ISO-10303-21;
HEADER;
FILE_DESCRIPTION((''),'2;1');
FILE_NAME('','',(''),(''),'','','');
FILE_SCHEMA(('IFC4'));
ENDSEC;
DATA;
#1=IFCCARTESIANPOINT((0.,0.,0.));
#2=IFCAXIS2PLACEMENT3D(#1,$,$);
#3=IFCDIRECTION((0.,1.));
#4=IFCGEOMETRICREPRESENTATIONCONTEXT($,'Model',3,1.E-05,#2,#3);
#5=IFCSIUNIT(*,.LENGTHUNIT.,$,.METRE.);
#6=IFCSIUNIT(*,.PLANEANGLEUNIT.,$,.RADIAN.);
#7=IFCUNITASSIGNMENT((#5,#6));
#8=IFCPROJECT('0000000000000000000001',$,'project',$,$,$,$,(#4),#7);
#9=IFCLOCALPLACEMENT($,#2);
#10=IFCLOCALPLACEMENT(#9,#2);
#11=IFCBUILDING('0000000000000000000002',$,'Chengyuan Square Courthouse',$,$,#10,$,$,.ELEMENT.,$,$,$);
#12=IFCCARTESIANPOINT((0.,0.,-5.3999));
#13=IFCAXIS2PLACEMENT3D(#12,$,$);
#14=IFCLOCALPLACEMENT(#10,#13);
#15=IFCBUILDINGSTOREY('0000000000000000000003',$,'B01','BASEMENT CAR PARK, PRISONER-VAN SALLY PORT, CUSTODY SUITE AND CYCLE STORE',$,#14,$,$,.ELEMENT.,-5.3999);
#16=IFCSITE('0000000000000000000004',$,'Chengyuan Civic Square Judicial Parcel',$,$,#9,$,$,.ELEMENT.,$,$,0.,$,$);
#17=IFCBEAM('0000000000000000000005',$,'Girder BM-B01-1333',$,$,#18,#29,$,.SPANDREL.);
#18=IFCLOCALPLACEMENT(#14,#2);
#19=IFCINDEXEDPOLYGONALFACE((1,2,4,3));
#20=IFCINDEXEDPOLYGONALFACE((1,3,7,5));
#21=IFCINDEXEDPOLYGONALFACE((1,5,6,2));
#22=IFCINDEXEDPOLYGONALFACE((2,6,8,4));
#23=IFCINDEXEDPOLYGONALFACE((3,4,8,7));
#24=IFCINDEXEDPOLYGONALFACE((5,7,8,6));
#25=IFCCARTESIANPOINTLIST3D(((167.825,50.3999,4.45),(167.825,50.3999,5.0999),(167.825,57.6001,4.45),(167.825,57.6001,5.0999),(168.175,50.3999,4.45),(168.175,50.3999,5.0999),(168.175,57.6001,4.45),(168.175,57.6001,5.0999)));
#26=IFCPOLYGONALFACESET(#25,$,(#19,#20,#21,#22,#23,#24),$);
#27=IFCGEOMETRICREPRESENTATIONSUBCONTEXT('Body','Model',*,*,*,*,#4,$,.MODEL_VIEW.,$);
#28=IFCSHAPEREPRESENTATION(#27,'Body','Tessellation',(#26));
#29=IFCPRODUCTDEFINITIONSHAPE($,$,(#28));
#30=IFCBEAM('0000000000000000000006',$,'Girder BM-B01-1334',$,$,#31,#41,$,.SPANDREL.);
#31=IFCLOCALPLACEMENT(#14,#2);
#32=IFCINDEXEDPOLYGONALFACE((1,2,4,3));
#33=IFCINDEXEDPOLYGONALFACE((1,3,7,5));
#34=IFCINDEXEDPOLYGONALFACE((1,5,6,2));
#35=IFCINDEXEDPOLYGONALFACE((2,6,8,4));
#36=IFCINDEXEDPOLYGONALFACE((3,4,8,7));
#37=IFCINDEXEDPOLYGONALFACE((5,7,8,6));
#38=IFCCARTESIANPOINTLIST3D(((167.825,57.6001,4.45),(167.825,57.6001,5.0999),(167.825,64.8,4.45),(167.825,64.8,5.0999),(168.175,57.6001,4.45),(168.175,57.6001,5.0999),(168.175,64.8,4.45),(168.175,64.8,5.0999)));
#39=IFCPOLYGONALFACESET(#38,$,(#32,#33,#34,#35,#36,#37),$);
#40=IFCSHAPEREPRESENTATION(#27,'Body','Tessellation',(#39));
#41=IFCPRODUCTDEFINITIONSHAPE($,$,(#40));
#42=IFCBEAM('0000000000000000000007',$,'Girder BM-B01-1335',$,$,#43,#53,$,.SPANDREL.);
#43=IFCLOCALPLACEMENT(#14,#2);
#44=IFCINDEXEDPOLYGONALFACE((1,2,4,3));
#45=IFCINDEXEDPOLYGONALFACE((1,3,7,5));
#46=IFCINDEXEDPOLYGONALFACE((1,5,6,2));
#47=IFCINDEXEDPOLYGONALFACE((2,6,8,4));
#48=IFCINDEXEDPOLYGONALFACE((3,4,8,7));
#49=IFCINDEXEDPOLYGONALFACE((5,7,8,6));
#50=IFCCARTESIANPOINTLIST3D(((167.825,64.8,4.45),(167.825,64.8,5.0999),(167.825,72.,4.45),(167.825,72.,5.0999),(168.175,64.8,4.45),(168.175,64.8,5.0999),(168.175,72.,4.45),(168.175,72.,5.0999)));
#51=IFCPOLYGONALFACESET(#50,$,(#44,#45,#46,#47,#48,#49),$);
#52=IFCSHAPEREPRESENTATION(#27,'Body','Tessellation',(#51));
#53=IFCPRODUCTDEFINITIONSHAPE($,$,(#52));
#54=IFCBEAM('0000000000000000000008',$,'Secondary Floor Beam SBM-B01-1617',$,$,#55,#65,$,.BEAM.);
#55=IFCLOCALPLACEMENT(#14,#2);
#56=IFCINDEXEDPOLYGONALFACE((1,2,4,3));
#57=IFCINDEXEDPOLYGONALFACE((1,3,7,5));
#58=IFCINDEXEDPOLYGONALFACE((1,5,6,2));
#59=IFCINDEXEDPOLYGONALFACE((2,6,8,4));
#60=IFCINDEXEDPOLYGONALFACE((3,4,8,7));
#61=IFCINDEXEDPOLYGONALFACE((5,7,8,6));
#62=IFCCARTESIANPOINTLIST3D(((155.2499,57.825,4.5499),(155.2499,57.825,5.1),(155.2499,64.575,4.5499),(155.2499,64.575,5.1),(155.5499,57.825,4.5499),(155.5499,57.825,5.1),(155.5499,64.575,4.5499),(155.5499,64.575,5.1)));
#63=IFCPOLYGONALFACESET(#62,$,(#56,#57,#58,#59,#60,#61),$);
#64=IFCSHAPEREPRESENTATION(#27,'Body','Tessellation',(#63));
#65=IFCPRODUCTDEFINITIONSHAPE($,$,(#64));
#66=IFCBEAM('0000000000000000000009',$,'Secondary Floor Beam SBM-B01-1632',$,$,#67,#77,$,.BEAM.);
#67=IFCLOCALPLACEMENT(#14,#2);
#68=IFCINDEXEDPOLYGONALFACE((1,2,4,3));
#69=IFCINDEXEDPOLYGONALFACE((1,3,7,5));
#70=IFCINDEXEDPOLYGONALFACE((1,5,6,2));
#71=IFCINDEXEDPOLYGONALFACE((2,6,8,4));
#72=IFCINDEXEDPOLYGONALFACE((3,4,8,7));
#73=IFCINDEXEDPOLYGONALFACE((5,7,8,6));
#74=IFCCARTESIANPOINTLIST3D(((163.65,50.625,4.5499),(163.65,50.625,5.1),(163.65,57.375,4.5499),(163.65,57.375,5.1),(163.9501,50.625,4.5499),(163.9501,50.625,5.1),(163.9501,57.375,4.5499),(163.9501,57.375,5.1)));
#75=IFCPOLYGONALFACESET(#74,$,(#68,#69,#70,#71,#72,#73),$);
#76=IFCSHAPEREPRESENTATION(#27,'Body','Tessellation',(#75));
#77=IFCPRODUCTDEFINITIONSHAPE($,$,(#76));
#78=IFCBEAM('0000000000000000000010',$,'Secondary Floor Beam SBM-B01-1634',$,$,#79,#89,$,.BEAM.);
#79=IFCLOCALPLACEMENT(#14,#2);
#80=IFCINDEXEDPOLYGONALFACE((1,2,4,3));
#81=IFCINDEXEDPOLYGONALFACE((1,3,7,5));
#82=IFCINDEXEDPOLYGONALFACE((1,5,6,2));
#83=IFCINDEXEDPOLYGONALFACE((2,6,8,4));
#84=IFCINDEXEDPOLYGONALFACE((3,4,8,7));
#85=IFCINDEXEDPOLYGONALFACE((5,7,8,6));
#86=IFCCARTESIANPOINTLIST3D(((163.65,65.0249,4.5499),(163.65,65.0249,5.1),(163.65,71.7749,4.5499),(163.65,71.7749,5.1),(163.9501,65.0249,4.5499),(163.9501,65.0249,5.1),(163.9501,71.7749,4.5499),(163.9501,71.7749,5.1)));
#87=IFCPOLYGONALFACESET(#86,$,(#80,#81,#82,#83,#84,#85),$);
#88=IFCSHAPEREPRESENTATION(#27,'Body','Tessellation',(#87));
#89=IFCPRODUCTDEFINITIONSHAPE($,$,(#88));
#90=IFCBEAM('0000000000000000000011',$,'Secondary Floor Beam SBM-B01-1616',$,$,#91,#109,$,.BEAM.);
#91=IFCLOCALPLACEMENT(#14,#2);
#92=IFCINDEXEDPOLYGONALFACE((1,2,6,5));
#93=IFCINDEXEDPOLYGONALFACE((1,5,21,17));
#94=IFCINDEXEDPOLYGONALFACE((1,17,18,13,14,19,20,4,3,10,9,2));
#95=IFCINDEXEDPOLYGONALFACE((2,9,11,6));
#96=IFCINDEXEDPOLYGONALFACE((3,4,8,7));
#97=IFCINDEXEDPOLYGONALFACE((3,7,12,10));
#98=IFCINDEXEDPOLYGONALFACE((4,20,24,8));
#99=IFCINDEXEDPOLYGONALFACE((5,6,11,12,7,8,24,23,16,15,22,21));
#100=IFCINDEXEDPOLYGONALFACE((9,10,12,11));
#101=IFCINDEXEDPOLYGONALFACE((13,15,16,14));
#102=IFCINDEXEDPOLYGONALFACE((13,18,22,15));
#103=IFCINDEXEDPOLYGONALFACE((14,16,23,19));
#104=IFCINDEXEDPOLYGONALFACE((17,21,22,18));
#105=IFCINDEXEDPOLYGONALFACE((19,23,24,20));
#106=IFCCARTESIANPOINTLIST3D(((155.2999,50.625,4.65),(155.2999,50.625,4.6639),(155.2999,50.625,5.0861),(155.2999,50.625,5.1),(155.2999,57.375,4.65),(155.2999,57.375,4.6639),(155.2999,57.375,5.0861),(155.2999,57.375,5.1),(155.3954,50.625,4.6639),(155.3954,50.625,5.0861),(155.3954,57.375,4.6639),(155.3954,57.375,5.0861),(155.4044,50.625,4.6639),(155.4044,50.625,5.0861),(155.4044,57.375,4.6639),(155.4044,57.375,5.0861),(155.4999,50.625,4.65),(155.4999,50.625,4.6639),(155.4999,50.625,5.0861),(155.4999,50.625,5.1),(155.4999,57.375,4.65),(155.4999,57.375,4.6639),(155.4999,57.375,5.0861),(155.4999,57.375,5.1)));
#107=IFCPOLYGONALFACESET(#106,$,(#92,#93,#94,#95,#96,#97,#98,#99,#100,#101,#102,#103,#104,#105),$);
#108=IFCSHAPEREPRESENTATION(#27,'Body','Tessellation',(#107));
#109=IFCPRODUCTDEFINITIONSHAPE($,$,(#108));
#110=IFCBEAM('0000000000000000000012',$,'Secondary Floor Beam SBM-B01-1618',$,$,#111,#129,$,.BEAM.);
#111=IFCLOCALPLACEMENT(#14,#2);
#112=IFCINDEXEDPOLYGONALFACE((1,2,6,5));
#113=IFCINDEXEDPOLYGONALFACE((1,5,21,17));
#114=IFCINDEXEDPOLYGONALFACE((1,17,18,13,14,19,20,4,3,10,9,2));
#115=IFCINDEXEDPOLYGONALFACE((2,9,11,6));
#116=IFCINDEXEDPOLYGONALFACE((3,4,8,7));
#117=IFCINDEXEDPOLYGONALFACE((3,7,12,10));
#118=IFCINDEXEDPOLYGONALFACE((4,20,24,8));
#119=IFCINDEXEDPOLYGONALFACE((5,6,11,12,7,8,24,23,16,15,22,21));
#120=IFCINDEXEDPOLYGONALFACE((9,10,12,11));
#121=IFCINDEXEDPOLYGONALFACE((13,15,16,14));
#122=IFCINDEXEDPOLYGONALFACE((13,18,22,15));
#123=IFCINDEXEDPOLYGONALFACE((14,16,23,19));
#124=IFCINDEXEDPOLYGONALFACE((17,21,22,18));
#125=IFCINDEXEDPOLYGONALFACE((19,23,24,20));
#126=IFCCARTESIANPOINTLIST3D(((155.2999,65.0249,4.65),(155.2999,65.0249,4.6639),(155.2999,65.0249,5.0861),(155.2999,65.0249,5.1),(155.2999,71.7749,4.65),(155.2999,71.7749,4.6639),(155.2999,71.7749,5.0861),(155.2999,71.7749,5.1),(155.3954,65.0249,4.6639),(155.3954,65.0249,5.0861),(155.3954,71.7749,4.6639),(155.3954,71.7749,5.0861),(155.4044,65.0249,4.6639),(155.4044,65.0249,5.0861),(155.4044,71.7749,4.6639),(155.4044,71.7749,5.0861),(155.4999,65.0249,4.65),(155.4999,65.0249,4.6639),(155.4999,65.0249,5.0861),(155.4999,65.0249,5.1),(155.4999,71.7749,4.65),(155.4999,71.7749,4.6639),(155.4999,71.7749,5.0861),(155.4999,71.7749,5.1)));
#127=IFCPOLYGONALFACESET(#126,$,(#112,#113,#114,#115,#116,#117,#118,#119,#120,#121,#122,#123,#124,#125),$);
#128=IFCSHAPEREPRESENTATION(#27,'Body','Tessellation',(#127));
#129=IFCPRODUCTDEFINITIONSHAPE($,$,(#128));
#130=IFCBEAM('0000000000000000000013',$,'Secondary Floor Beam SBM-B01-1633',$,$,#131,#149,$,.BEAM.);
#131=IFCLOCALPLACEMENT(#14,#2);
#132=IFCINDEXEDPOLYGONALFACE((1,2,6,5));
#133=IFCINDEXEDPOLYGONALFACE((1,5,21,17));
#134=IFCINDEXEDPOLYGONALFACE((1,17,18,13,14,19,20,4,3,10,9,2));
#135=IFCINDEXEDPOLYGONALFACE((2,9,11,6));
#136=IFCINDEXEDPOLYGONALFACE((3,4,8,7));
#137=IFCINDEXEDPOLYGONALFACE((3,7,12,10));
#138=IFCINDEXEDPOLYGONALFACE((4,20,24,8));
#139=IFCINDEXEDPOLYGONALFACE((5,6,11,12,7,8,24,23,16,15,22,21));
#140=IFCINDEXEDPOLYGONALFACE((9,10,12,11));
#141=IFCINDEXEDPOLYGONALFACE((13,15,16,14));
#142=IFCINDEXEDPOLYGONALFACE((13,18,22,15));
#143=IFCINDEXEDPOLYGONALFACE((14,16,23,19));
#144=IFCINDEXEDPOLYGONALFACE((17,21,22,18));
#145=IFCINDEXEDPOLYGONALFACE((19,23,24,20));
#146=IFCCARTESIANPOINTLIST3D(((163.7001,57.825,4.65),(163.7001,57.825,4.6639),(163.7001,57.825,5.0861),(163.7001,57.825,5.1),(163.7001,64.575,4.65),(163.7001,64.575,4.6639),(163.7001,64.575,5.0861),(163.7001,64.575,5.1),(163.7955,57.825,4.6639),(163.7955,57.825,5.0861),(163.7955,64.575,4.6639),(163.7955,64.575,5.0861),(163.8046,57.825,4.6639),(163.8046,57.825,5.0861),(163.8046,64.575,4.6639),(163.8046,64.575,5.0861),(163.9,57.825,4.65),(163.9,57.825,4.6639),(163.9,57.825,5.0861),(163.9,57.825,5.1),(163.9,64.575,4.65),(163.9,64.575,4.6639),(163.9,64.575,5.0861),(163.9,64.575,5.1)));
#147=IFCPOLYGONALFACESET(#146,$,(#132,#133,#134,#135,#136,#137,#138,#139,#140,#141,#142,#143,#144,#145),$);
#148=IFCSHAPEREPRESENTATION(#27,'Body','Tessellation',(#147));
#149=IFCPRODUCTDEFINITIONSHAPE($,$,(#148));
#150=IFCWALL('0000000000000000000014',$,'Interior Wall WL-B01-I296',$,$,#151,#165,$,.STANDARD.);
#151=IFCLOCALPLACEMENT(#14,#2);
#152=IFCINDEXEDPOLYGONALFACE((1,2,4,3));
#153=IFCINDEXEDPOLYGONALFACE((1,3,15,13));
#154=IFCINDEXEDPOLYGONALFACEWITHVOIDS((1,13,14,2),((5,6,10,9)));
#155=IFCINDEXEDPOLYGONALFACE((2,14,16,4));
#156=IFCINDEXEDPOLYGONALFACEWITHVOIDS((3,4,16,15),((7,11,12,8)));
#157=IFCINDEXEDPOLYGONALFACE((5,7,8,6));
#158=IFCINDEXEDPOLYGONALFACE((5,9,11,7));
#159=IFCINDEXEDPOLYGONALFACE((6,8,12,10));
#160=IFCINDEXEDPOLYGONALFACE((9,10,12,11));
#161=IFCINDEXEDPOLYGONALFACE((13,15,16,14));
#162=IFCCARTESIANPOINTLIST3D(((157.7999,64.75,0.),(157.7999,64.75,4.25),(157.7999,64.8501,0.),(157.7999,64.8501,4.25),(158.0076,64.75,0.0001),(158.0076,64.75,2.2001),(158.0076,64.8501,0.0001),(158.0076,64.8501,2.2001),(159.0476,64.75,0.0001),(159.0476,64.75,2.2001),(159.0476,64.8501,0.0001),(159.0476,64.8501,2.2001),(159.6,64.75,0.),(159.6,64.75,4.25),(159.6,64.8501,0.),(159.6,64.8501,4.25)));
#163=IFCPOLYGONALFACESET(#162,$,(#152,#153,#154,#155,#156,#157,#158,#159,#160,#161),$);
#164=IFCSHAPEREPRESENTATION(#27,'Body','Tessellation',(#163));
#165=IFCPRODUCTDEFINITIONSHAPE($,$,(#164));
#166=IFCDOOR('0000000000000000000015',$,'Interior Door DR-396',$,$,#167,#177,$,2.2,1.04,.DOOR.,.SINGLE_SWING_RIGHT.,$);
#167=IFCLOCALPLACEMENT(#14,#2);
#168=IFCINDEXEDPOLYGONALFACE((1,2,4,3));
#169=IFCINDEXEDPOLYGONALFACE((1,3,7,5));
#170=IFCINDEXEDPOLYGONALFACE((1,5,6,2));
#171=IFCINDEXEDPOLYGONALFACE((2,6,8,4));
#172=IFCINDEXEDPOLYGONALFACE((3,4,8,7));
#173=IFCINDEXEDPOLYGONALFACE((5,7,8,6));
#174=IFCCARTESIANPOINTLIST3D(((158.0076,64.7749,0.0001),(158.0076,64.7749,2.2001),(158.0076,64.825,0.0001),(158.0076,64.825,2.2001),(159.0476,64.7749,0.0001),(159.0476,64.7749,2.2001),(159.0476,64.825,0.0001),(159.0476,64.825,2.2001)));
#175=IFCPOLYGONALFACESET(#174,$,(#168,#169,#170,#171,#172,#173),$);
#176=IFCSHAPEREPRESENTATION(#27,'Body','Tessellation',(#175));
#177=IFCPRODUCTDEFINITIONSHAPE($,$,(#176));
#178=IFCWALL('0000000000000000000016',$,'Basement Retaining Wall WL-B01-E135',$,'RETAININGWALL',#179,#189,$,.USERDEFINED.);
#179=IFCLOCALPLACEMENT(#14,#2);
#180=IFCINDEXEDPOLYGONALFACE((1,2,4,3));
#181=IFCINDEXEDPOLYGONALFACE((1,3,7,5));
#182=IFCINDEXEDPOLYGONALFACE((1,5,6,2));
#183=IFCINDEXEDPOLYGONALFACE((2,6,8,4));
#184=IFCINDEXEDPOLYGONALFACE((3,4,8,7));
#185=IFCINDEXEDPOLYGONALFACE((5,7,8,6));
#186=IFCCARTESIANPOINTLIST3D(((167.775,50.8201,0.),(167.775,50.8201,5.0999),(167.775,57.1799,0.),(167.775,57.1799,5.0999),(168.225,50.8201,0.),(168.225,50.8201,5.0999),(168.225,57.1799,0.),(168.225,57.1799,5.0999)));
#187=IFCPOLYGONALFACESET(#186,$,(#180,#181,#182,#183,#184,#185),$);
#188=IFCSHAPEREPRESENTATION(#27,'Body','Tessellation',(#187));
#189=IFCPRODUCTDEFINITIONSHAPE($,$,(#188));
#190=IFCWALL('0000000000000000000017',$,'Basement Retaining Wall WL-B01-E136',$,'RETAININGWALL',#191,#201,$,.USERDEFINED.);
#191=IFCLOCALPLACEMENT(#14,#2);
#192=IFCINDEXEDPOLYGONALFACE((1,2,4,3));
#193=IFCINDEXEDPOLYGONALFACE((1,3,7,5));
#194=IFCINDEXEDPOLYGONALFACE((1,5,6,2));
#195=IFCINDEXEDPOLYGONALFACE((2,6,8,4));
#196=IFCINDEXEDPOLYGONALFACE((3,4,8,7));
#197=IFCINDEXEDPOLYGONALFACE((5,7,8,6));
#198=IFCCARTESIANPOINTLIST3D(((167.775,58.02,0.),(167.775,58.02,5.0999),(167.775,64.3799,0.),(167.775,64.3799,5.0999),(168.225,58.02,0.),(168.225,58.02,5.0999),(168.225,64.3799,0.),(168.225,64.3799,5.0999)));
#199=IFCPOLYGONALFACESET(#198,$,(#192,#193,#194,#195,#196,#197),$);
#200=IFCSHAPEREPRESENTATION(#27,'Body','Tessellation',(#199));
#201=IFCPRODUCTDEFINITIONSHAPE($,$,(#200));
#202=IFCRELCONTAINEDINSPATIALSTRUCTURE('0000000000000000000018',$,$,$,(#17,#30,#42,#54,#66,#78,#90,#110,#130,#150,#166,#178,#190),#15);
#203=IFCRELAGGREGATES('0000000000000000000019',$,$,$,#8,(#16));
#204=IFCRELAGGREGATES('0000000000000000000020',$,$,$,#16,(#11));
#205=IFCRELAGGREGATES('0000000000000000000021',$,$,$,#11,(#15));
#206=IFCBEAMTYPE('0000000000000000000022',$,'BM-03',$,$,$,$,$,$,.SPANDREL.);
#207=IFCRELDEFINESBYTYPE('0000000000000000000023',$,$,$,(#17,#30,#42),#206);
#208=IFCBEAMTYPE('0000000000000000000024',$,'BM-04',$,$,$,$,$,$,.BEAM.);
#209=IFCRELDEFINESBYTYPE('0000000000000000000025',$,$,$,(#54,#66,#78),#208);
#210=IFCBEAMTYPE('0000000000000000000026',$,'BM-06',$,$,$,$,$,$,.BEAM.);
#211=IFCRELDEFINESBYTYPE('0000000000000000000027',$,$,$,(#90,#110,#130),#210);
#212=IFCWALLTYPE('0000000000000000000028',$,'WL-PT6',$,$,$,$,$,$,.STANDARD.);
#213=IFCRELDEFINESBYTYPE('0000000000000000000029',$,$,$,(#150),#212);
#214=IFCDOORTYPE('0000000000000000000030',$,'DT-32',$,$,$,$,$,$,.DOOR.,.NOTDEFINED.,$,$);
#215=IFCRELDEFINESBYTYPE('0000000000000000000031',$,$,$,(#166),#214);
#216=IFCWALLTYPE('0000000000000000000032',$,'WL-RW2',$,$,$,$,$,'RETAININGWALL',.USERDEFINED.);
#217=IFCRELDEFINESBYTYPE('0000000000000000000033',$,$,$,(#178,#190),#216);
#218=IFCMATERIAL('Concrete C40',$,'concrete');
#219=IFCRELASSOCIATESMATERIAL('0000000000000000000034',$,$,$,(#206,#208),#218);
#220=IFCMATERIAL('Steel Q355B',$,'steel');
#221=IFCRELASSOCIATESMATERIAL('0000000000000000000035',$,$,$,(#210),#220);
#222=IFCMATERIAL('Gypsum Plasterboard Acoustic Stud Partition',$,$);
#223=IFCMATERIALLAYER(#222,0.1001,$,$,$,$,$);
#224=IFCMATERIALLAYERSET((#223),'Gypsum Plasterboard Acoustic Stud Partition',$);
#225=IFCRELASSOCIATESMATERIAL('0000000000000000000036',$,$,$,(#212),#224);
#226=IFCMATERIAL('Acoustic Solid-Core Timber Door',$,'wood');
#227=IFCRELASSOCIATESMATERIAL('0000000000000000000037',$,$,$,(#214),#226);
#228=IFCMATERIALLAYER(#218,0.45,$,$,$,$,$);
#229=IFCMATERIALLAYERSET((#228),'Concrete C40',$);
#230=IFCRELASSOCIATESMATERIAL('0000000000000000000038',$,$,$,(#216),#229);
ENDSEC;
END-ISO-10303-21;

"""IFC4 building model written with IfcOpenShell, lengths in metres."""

from ifc_helpers import new_model, si_unit, direction, frame, frame_2d, origin, origin_2d, place, context, subcontext, project, spatial, rectangle, i_section, extrude, material, layer, layer_set, material_profile, profile_set, type_object, element, fill, save


model = new_model("IFC4")

# Units and contexts
model_context = context("Model", 3, precision=1e-05, world=origin(), true_north=direction((0.0, 1.0)))
body_context = subcontext(model_context, "Body", "Model", "MODEL_VIEW")
ifc_project = project(units=[si_unit("LENGTHUNIT", "METRE"), si_unit("PLANEANGLEUNIT", "RADIAN")], contexts=[model_context])

# Site, building, storey
site_placement = place(None, origin())
site = spatial("IfcSite", under=ifc_project, at=site_placement, Name="Chengyuan Civic Square Judicial Parcel", CompositionType="ELEMENT", RefElevation=0.0)
building_placement = place(site_placement, origin())
building = spatial("IfcBuilding", under=site, at=building_placement, Name="Chengyuan Square Courthouse", CompositionType="ELEMENT")
storey_placement = place(building_placement, frame((0.0, 0.0, -5.3999)))
storey = spatial("IfcBuildingStorey", under=building, at=storey_placement, Name="B01", Description="BASEMENT CAR PARK, PRISONER-VAN SALLY PORT, CUSTODY SUITE AND CYCLE STORE", CompositionType="ELEMENT", Elevation=-5.3999)

# Beams
ifc_material_1 = material(Name="Concrete C40", Category="concrete")
ifc_material_profile_1 = material_profile(ifc_material_1, rectangle(XDim=0.3501, YDim=0.6499, at=origin_2d()), Name="RC-BM-350x650")
ifc_profile_set_1 = profile_set([ifc_material_profile_1], Name="Concrete C40")
beam_type_1 = type_object("IfcBeamType", Name="BM-03", PredefinedType="SPANDREL", material=ifc_profile_set_1)
beam_1_placement = place(storey_placement, frame((168.0, 50.3999, 4.7749), z_axis=(0.0, 1.0, 0.0), x_axis=(-1.0, 0.0, 0.0)))
element("IfcBeam", 1, at=beam_1_placement, inside=storey, type_object=beam_type_1, Name="Girder BM-B01-1333", PredefinedType="SPANDREL", context=body_context, shape_type="SweptSolid", body=[
    extrude(rectangle(XDim=0.3501, YDim=0.6499, at=origin_2d()), origin(), (0.0, 0.0, 1.0), 7.2002),
])
for number, where, z_axis, x_axis, name in (
    (2, (168.0, 57.6001, 4.7749), (0.0, 1.0, 0.0), (-1.0, 0.0, 0.0), "Girder BM-B01-1334"),
    (3, (168.0, 64.8, 4.7749), (0.0, 1.0, 0.0), (-1.0, 0.0, 0.0), "Girder BM-B01-1335"),
):
    element("IfcBeam", number, at=place(storey_placement, frame(where, z_axis=z_axis, x_axis=x_axis)), inside=storey, type_object=beam_type_1, Name=name, PredefinedType="SPANDREL", context=body_context, shape_type="SweptSolid", body=[
        extrude(rectangle(XDim=0.3501, YDim=0.6499, at=origin_2d()), origin(), (0.0, 0.0, 1.0), 7.2),
    ])
ifc_material_profile_2 = material_profile(ifc_material_1, rectangle(XDim=0.3, YDim=0.55, at=origin_2d()), Name="RC-BM-300x550")
ifc_profile_set_2 = profile_set([ifc_material_profile_2], Name="Concrete C40")
beam_type_2 = type_object("IfcBeamType", Name="BM-04", PredefinedType="BEAM", material=ifc_profile_set_2)
for number, where, z_axis, x_axis, name in (
    (4, (155.3999, 57.825, 4.825), (0.0, 1.0, 0.0), (-1.0, 0.0, 0.0), "Secondary Floor Beam SBM-B01-1617"),
    (5, (163.8, 50.625, 4.825), (0.0, 1.0, 0.0), (-1.0, 0.0, 0.0), "Secondary Floor Beam SBM-B01-1632"),
    (6, (163.8, 65.0249, 4.825), (0.0, 1.0, 0.0), (-1.0, 0.0, 0.0), "Secondary Floor Beam SBM-B01-1634"),
):
    element("IfcBeam", number, at=place(storey_placement, frame(where, z_axis=z_axis, x_axis=x_axis)), inside=storey, type_object=beam_type_2, Name=name, PredefinedType="BEAM", context=body_context, shape_type="SweptSolid", body=[
        extrude(rectangle(XDim=0.3, YDim=0.55, at=origin_2d()), origin(), (0.0, 0.0, 1.0), 6.75),
    ])
ifc_material_2 = material(Name="Steel Q355B", Category="steel")
ifc_material_profile_3 = material_profile(ifc_material_2, i_section(OverallWidth=0.2, OverallDepth=0.45, WebThickness=0.009, FlangeThickness=0.0139, at=origin_2d()), Name="HN 450x200x9x14")
ifc_profile_set_3 = profile_set([ifc_material_profile_3], Name="Steel Q355B")
beam_type_3 = type_object("IfcBeamType", Name="BM-06", PredefinedType="BEAM", material=ifc_profile_set_3)
for number, where, z_axis, x_axis, name in (
    (7, (155.3999, 50.625, 4.875), (0.0, 1.0, 0.0), (-1.0, 0.0, 0.0), "Secondary Floor Beam SBM-B01-1616"),
    (8, (155.3999, 65.0249, 4.875), (0.0, 1.0, 0.0), (-1.0, 0.0, 0.0), "Secondary Floor Beam SBM-B01-1618"),
    (9, (163.8, 57.825, 4.875), (0.0, 1.0, 0.0), (-1.0, 0.0, 0.0), "Secondary Floor Beam SBM-B01-1633"),
):
    element("IfcBeam", number, at=place(storey_placement, frame(where, z_axis=z_axis, x_axis=x_axis)), inside=storey, type_object=beam_type_3, Name=name, PredefinedType="BEAM", context=body_context, shape_type="SweptSolid", body=[
        extrude(i_section(OverallWidth=0.2, OverallDepth=0.45, WebThickness=0.009, FlangeThickness=0.0139, at=origin_2d()), origin(), (0.0, 0.0, 1.0), 6.75),
    ])

# Wall, opening, door
ifc_material_3 = material(Name="Gypsum Plasterboard Acoustic Stud Partition")
ifc_layer_1 = layer(ifc_material_3, 0.1001)
ifc_layer_set_1 = layer_set([ifc_layer_1], Name="Gypsum Plasterboard Acoustic Stud Partition")
wall_type_1 = type_object("IfcWallType", Name="WL-PT6", PredefinedType="STANDARD", material=ifc_layer_set_1)
wall_1_placement = place(storey_placement, frame((157.8, 64.8, 0.0), z_axis=(0.0, 0.0, 1.0), x_axis=(1.0, 0.0, 0.0)))
wall_1 = element("IfcWall", 10, at=wall_1_placement, inside=storey, type_object=wall_type_1, Name="Interior Wall WL-B01-I296", PredefinedType="STANDARD", context=body_context, shape_type="SweptSolid", body=[
    extrude(rectangle(XDim=1.8, YDim=0.1001, at=frame_2d((0.8999, 0.0))), origin(), (0.0, 0.0, 1.0), 4.25),
])
opening_placement = place(wall_1_placement, frame((0.2075, 0.0, 0.0)))
opening = element("IfcOpeningElement", 11, at=opening_placement, cuts=wall_1, PredefinedType="OPENING", context=body_context, shape_type="SweptSolid", body=[
    extrude(rectangle(XDim=1.04, YDim=2.2, at=frame_2d((0.52, 1.1001))), frame((0.0, 0.062, 0.0), z_axis=(0.0, -1.0, 0.0), x_axis=(1.0, 0.0, 0.0)), (0.0, 0.0, 1.0), 0.124),
])
ifc_material_4 = material(Name="Acoustic Solid-Core Timber Door", Category="wood")
door_type = type_object("IfcDoorType", Name="DT-32", OperationType="NOTDEFINED", PredefinedType="DOOR", material=ifc_material_4)
door_placement = place(opening_placement, origin())
door = element("IfcDoor", 12, at=door_placement, inside=storey, type_object=door_type, Name="Interior Door DR-396", OperationType="SINGLE_SWING_RIGHT", OverallHeight=2.2, OverallWidth=1.04, PredefinedType="DOOR", context=body_context, shape_type="SweptSolid", body=[
    extrude(rectangle(XDim=1.04, YDim=2.2, at=frame_2d((0.52, 1.1001))), frame((0.0, 0.0249, 0.0), z_axis=(0.0, -1.0, 0.0), x_axis=(1.0, 0.0, 0.0)), (0.0, 0.0, 1.0), 0.05),
])
fill(opening, door)

# Walls
ifc_layer_2 = layer(ifc_material_1, 0.45)
ifc_layer_set_2 = layer_set([ifc_layer_2], Name="Concrete C40")
wall_type_2 = type_object("IfcWallType", Name="WL-RW2", ElementType="RETAININGWALL", PredefinedType="USERDEFINED", material=ifc_layer_set_2)
for number, where, z_axis, x_axis, name in (
    (13, (168.0, 50.8201, 0.0), (0.0, 0.0, 1.0), (0.0, 1.0, 0.0), "Basement Retaining Wall WL-B01-E135"),
    (14, (168.0, 58.02, 0.0), (0.0, 0.0, 1.0), (0.0, 1.0, 0.0), "Basement Retaining Wall WL-B01-E136"),
):
    element("IfcWall", number, at=place(storey_placement, frame(where, z_axis=z_axis, x_axis=x_axis)), inside=storey, type_object=wall_type_2, Name=name, ObjectType="RETAININGWALL", PredefinedType="USERDEFINED", context=body_context, shape_type="SweptSolid", body=[
        extrude(rectangle(XDim=6.3599, YDim=0.45, at=frame_2d((3.1799, 0.0))), origin(), (0.0, 0.0, 1.0), 5.0999),
    ])

save(model, "model.ifc")
